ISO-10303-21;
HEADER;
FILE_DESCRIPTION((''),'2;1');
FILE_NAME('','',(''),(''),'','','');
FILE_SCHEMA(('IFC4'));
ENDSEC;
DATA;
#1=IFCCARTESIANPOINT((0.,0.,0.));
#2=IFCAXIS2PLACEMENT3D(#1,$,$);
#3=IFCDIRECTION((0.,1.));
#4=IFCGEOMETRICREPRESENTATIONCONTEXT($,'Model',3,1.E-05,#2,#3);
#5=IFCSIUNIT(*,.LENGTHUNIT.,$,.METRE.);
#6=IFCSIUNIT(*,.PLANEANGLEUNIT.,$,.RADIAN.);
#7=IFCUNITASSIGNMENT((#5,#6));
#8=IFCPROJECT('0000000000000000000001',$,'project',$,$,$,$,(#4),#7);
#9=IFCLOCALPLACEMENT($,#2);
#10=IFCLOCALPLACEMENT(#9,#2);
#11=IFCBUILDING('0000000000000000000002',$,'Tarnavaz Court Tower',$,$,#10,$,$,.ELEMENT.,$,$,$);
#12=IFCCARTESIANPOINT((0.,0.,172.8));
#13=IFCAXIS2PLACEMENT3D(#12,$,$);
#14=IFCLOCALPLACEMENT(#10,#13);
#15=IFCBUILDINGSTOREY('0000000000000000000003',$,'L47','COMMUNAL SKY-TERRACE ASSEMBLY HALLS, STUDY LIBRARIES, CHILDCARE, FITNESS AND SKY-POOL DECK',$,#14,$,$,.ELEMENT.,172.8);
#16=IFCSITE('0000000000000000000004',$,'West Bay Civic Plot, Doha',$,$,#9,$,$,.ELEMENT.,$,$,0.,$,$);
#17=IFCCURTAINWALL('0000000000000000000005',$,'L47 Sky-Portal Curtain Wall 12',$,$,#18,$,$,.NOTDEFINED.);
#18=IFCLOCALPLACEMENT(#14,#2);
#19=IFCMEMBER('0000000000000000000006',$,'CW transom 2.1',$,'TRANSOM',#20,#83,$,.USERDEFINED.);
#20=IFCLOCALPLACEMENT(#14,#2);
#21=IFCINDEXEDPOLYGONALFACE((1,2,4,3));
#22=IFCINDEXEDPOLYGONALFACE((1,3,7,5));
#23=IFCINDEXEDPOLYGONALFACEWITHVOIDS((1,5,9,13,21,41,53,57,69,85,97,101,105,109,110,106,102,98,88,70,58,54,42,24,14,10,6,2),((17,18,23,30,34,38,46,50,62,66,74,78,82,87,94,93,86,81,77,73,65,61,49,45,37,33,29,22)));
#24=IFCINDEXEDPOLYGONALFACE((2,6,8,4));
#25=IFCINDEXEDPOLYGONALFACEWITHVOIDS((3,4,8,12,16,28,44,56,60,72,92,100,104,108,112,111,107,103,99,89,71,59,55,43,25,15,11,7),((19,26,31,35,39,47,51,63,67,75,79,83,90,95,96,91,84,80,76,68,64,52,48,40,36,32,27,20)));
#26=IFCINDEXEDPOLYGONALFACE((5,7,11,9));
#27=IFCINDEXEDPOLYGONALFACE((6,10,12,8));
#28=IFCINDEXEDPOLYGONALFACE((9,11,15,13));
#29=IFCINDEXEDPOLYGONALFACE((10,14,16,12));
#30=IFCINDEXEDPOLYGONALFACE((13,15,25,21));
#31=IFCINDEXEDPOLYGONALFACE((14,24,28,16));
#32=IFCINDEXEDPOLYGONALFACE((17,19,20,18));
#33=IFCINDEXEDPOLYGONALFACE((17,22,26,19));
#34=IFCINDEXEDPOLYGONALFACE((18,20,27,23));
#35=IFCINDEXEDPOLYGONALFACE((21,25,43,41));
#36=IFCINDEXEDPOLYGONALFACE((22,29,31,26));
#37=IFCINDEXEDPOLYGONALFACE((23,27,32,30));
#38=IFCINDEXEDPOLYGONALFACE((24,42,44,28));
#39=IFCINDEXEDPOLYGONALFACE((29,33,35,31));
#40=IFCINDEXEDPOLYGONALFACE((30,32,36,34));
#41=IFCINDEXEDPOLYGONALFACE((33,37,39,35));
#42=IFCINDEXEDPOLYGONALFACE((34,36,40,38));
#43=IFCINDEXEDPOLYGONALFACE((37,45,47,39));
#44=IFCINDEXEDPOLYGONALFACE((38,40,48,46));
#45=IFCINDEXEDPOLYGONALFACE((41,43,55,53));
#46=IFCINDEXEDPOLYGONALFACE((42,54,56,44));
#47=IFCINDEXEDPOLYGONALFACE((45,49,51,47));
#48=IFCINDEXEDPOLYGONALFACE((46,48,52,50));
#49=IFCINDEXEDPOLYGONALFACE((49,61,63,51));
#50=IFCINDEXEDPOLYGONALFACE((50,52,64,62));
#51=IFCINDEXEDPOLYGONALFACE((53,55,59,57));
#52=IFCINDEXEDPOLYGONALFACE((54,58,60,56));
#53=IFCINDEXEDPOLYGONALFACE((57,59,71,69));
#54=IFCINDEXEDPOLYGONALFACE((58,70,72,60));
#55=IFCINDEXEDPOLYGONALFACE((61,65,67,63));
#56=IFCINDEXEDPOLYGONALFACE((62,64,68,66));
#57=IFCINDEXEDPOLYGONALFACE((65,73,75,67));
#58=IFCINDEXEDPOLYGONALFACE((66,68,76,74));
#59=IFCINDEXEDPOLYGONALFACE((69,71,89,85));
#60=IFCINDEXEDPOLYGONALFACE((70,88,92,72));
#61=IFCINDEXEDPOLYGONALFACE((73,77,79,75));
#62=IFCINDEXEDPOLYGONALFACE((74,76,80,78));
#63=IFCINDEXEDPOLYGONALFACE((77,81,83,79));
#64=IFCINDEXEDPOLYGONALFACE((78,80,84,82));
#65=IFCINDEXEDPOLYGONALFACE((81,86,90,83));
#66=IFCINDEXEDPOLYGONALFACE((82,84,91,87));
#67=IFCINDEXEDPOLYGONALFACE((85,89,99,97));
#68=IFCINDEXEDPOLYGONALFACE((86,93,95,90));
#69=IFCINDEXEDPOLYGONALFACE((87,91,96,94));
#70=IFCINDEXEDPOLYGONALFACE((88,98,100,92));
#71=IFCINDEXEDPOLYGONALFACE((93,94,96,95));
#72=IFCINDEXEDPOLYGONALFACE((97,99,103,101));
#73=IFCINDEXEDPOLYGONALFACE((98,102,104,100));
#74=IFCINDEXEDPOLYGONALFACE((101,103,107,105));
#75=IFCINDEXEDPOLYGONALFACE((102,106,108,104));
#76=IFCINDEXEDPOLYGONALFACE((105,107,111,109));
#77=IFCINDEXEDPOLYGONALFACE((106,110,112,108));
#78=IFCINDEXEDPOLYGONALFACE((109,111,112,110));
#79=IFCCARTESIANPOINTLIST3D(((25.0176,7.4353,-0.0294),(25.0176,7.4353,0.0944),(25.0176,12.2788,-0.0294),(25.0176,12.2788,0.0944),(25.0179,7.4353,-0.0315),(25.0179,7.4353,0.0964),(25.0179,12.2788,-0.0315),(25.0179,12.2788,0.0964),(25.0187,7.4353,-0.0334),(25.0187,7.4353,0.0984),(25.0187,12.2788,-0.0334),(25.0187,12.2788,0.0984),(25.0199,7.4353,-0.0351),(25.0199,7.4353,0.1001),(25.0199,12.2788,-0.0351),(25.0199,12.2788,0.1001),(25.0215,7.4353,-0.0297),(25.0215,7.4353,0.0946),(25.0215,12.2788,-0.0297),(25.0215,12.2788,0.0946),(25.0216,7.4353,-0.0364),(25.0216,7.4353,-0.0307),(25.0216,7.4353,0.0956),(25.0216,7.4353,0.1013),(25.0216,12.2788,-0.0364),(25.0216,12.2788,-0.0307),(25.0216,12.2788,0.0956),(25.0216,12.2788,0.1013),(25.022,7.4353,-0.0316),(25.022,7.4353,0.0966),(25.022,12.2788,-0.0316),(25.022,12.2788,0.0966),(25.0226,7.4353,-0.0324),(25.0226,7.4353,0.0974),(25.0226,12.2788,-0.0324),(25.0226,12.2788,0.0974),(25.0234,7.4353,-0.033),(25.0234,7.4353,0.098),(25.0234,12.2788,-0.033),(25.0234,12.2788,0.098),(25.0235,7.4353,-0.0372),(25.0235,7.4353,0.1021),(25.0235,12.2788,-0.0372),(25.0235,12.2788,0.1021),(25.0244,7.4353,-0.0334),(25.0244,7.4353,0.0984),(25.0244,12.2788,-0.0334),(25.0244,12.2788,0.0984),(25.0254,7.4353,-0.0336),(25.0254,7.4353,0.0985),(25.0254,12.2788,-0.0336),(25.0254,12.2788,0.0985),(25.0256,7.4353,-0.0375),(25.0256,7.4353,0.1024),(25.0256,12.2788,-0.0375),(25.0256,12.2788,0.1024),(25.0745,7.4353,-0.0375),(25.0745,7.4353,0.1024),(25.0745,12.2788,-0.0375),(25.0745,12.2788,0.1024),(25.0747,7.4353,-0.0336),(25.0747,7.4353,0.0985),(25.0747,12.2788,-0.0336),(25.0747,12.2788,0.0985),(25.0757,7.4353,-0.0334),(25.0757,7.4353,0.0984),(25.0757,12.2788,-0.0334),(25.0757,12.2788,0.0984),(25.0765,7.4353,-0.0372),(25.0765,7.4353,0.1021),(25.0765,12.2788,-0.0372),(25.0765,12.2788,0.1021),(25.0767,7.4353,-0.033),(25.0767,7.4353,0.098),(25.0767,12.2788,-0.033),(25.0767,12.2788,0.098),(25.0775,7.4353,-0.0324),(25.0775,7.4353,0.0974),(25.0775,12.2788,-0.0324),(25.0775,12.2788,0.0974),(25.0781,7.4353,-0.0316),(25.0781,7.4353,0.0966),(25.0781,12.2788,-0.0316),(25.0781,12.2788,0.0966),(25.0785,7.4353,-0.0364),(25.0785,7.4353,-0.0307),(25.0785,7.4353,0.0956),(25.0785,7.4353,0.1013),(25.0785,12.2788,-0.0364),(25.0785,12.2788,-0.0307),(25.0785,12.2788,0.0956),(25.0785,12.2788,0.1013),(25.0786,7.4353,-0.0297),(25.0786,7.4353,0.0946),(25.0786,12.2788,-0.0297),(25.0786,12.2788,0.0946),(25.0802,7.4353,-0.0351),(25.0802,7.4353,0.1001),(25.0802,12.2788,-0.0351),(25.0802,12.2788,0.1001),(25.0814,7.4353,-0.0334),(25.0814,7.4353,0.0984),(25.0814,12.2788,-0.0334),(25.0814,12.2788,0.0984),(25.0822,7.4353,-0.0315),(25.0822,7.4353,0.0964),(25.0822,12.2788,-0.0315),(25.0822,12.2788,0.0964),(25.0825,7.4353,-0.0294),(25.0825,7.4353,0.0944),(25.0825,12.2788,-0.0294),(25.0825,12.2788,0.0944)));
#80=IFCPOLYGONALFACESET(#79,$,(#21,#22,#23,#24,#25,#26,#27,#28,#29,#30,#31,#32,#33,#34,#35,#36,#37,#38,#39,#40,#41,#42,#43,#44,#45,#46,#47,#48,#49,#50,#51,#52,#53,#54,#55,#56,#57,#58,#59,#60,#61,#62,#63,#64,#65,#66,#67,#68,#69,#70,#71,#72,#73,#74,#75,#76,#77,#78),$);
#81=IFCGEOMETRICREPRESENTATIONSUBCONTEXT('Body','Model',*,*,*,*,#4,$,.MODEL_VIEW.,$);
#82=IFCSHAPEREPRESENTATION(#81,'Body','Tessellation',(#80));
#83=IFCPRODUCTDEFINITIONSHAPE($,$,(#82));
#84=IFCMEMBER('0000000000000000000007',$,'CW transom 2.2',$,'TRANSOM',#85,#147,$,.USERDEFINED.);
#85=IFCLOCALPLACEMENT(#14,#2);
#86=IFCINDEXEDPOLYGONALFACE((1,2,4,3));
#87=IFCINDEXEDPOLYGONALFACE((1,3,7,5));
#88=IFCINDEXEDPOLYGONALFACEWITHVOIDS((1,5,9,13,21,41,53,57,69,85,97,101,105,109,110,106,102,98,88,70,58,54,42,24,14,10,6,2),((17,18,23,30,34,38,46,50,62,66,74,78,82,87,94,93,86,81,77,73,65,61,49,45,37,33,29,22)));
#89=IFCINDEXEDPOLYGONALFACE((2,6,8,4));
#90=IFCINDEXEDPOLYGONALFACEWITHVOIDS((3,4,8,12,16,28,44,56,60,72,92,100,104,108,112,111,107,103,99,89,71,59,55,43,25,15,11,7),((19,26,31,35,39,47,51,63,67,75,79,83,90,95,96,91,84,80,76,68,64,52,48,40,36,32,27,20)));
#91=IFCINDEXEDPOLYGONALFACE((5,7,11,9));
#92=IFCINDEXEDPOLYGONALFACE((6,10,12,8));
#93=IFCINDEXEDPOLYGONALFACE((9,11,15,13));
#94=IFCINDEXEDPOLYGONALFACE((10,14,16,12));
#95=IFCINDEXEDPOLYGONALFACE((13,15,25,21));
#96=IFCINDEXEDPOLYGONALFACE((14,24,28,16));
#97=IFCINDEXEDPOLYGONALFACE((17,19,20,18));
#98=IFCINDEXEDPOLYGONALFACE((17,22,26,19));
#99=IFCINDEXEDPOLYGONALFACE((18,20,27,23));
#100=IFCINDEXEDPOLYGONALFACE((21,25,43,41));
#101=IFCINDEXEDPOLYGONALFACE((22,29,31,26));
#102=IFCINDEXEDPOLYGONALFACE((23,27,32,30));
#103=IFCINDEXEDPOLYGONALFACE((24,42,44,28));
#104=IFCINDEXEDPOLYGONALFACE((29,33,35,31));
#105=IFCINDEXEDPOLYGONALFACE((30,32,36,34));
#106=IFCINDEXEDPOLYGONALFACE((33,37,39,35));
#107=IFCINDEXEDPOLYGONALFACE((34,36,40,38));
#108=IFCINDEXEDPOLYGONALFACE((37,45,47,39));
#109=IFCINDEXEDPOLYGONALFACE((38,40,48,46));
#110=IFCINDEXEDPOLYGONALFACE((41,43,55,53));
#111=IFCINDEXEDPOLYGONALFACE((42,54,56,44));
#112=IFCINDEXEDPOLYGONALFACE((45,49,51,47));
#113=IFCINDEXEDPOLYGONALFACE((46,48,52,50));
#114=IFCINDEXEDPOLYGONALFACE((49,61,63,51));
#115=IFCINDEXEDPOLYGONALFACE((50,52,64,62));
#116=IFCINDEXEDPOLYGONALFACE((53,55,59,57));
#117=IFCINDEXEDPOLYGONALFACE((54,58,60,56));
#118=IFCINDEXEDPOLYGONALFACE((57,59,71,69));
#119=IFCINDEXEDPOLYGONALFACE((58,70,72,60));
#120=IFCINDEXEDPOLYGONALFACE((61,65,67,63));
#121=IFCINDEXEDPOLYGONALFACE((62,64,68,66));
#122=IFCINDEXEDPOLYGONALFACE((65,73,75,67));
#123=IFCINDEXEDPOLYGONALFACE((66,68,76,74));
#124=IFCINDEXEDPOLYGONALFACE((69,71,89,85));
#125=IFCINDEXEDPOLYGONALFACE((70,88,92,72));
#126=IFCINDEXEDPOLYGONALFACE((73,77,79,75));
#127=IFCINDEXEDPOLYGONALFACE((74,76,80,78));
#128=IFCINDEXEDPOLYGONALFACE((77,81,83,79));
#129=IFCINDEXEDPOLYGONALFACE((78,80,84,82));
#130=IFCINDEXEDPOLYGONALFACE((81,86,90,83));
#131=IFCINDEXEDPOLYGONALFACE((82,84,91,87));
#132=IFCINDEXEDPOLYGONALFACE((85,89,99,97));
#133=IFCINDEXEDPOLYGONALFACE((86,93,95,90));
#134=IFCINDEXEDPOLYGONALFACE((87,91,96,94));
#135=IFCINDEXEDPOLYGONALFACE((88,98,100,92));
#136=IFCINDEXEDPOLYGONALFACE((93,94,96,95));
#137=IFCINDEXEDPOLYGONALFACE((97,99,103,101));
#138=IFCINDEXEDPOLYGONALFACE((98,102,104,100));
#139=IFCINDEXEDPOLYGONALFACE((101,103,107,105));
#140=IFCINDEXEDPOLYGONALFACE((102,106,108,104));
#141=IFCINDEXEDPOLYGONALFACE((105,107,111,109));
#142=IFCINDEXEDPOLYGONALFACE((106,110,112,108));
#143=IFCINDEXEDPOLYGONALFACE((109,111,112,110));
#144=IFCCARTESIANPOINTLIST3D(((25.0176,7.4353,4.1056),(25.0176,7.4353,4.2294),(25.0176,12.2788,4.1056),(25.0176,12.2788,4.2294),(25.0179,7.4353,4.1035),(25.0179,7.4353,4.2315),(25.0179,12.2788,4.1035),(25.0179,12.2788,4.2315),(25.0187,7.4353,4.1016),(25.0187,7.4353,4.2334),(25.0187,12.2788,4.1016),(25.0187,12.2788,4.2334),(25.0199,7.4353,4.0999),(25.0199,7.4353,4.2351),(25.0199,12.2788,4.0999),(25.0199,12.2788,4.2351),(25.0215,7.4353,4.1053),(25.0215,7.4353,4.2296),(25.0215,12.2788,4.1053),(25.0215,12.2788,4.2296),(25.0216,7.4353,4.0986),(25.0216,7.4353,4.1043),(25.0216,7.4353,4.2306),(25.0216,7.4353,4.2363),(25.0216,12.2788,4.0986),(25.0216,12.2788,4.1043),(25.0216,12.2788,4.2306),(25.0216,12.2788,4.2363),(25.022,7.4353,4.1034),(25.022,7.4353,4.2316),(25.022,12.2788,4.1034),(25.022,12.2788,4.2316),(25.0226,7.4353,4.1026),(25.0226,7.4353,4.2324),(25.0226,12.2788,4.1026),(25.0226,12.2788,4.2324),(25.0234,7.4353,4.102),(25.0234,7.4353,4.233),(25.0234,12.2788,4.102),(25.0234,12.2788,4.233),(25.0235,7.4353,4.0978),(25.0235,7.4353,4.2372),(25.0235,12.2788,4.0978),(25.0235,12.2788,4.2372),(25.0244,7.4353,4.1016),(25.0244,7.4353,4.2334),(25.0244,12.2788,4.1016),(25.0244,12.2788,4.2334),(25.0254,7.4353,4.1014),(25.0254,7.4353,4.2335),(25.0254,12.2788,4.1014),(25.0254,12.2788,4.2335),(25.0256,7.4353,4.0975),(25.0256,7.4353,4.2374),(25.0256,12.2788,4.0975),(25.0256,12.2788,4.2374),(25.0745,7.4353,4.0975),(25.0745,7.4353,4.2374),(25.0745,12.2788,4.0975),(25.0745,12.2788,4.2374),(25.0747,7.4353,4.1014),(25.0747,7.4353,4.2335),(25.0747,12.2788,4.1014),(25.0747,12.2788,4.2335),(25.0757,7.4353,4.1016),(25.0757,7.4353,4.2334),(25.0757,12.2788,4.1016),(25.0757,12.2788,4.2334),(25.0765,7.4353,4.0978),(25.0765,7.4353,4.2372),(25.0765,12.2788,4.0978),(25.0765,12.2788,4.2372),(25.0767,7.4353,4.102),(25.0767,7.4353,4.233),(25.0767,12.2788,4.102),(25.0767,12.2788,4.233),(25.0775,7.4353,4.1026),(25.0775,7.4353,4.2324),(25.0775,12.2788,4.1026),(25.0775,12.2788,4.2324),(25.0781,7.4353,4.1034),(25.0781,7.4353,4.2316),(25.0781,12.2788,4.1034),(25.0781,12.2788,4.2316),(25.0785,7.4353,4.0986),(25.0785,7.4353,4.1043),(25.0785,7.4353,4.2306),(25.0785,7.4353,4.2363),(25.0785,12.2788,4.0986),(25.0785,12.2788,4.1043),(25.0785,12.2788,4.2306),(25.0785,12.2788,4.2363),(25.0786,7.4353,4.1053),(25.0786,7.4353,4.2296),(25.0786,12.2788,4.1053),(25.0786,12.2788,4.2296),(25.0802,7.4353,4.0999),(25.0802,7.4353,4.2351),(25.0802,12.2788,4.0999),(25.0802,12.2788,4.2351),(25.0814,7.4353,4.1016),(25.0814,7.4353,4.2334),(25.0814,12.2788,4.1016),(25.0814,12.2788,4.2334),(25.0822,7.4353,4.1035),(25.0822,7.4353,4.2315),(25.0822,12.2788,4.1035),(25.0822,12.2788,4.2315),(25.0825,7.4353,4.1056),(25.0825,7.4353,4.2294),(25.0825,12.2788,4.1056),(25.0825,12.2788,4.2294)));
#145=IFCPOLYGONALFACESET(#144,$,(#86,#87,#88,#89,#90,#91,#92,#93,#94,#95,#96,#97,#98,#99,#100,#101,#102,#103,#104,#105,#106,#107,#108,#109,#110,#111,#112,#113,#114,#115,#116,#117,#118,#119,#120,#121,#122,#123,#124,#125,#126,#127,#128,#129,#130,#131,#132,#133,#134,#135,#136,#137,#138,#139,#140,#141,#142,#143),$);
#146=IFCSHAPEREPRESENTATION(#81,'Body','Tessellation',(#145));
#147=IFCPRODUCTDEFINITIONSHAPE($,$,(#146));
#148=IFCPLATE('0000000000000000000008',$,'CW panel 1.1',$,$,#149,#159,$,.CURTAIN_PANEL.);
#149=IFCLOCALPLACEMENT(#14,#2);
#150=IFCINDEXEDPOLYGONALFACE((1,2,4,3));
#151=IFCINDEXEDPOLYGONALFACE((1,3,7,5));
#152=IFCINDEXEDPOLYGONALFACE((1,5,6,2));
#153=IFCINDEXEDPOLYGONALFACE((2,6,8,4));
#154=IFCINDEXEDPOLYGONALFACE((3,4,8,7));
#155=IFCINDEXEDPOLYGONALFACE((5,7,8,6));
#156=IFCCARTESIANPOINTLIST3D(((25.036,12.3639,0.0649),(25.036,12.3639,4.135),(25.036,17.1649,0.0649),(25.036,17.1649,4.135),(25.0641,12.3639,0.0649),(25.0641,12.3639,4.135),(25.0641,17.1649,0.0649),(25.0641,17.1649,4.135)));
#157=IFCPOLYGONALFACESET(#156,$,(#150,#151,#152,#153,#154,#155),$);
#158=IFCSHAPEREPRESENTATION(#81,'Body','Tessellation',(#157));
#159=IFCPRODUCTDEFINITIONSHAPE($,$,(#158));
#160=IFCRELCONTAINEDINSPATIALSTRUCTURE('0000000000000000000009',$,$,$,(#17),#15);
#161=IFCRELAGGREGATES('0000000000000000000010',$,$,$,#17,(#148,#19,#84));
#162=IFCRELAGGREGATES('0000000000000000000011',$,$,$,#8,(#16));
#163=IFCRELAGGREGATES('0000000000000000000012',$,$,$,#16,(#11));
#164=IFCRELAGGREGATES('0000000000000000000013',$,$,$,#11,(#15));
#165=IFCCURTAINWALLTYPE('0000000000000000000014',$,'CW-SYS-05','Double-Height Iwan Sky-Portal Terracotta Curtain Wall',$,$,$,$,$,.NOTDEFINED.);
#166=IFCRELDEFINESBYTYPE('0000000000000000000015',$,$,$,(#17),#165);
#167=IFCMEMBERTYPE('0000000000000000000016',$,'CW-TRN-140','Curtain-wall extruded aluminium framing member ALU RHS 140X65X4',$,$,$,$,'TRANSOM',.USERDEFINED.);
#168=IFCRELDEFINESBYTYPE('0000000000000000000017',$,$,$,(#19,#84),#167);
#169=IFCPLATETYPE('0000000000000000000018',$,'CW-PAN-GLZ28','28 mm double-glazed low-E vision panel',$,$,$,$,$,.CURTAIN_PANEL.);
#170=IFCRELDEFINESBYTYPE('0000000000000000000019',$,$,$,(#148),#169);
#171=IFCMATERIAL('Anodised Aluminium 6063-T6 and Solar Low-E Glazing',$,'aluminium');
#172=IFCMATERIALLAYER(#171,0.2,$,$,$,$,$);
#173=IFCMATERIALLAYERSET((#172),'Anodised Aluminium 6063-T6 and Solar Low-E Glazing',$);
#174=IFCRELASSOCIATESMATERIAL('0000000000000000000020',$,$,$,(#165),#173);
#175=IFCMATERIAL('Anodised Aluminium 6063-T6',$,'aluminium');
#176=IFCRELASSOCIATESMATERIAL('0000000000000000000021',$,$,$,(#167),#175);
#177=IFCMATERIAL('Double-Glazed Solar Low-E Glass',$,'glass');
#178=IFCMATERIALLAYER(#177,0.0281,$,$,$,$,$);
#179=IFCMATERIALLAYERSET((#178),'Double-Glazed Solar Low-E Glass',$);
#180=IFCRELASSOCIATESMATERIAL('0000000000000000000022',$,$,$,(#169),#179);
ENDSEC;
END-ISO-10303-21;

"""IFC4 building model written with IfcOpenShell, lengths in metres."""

from ifc_helpers import new_model, si_unit, direction, frame, origin, origin_2d, place, context, subcontext, project, spatial, rectangle, hollow_rectangle, extrude, material, layer, layer_set, material_profile, profile_set, type_object, element, aggregate, save


model = new_model("IFC4")

# Units and contexts
model_context = context("Model", 3, precision=1e-05, world=origin(), true_north=direction((0.0, 1.0)))
body_context = subcontext(model_context, "Body", "Model", "MODEL_VIEW")
ifc_project = project(units=[si_unit("LENGTHUNIT", "METRE"), si_unit("PLANEANGLEUNIT", "RADIAN")], contexts=[model_context])

# Site, building, storey
site_placement = place(None, origin())
site = spatial("IfcSite", under=ifc_project, at=site_placement, Name="West Bay Civic Plot, Doha", CompositionType="ELEMENT", RefElevation=0.0)
building_placement = place(site_placement, origin())
building = spatial("IfcBuilding", under=site, at=building_placement, Name="Tarnavaz Court Tower", CompositionType="ELEMENT")
storey_placement = place(building_placement, frame((0.0, 0.0, 172.8)))
storey = spatial("IfcBuildingStorey", under=building, at=storey_placement, Name="L47", Description="COMMUNAL SKY-TERRACE ASSEMBLY HALLS, STUDY LIBRARIES, CHILDCARE, FITNESS AND SKY-POOL DECK", CompositionType="ELEMENT", Elevation=172.8)

# Curtain wall, members, plate
ifc_material_1 = material(Name="Anodised Aluminium 6063-T6 and Solar Low-E Glazing", Category="aluminium")
ifc_layer_1 = layer(ifc_material_1, 0.2)
ifc_layer_set_1 = layer_set([ifc_layer_1], Name="Anodised Aluminium 6063-T6 and Solar Low-E Glazing")
curtain_wall_type = type_object("IfcCurtainWallType", Name="CW-SYS-05", Description="Double-Height Iwan Sky-Portal Terracotta Curtain Wall", PredefinedType="NOTDEFINED", material=ifc_layer_set_1)
curtain_wall_placement = place(storey_placement, origin())
curtain_wall = element("IfcCurtainWall", 1, at=curtain_wall_placement, inside=storey, type_object=curtain_wall_type, Name="L47 Sky-Portal Curtain Wall 12", PredefinedType="NOTDEFINED")
ifc_material_2 = material(Name="Anodised Aluminium 6063-T6", Category="aluminium")
ifc_material_profile_1 = material_profile(ifc_material_2, hollow_rectangle(XDim=0.0649, YDim=0.1399, WallThickness=0.0039, InnerFilletRadius=0.0039, OuterFilletRadius=0.0081, at=origin_2d()), Name="ALU RHS 140X65X4")
ifc_profile_set_1 = profile_set([ifc_material_profile_1], Name="Anodised Aluminium 6063-T6")
member_type_1 = type_object("IfcMemberType", Name="CW-TRN-140", Description="Curtain-wall extruded aluminium framing member ALU RHS 140X65X4", ElementType="TRANSOM", PredefinedType="USERDEFINED", material=ifc_profile_set_1)
member_1_placement = place(storey_placement, frame((25.05, 12.2788, 0.0325), z_axis=(0.0, -1.0, 0.0), x_axis=(1.0, 0.0, 0.0)))
member_1 = element("IfcMember", 2, at=member_1_placement, type_object=member_type_1, Name="CW transom 2.1", ObjectType="TRANSOM", PredefinedType="USERDEFINED", context=body_context, shape_type="SweptSolid", body=[
    extrude(hollow_rectangle(XDim=0.0649, YDim=0.1399, WallThickness=0.0039, InnerFilletRadius=0.0039, OuterFilletRadius=0.0081, at=origin_2d()), origin(), (0.0, 0.0, 1.0), 4.8435),
])
member_2_placement = place(storey_placement, frame((25.05, 12.2788, 4.1675), z_axis=(0.0, -1.0, 0.0), x_axis=(1.0, 0.0, 0.0)))
member_2 = element("IfcMember", 3, at=member_2_placement, type_object=member_type_1, Name="CW transom 2.2", ObjectType="TRANSOM", PredefinedType="USERDEFINED", context=body_context, shape_type="SweptSolid", body=[
    extrude(hollow_rectangle(XDim=0.0649, YDim=0.1399, WallThickness=0.0039, InnerFilletRadius=0.0039, OuterFilletRadius=0.0081, at=origin_2d()), origin(), (0.0, 0.0, 1.0), 4.8435),
])
ifc_material_3 = material(Name="Double-Glazed Solar Low-E Glass", Category="glass")
ifc_layer_2 = layer(ifc_material_3, 0.0281)
ifc_layer_set_2 = layer_set([ifc_layer_2], Name="Double-Glazed Solar Low-E Glass")
plate_type = type_object("IfcPlateType", Name="CW-PAN-GLZ28", Description="28 mm double-glazed low-E vision panel", PredefinedType="CURTAIN_PANEL", material=ifc_layer_set_2)
plate_placement = place(storey_placement, frame((25.05, 14.7644, 0.0649), z_axis=(0.0, 0.0, 1.0), x_axis=(0.0, -1.0, 0.0)))
plate = element("IfcPlate", 4, at=plate_placement, type_object=plate_type, Name="CW panel 1.1", PredefinedType="CURTAIN_PANEL", context=body_context, shape_type="SweptSolid", body=[
    extrude(rectangle(XDim=4.801, YDim=0.0281, at=origin_2d()), origin(), (0.0, 0.0, 1.0), 4.0701),
])
aggregate(curtain_wall, [plate, member_1, member_2])

save(model, "model.ifc")
